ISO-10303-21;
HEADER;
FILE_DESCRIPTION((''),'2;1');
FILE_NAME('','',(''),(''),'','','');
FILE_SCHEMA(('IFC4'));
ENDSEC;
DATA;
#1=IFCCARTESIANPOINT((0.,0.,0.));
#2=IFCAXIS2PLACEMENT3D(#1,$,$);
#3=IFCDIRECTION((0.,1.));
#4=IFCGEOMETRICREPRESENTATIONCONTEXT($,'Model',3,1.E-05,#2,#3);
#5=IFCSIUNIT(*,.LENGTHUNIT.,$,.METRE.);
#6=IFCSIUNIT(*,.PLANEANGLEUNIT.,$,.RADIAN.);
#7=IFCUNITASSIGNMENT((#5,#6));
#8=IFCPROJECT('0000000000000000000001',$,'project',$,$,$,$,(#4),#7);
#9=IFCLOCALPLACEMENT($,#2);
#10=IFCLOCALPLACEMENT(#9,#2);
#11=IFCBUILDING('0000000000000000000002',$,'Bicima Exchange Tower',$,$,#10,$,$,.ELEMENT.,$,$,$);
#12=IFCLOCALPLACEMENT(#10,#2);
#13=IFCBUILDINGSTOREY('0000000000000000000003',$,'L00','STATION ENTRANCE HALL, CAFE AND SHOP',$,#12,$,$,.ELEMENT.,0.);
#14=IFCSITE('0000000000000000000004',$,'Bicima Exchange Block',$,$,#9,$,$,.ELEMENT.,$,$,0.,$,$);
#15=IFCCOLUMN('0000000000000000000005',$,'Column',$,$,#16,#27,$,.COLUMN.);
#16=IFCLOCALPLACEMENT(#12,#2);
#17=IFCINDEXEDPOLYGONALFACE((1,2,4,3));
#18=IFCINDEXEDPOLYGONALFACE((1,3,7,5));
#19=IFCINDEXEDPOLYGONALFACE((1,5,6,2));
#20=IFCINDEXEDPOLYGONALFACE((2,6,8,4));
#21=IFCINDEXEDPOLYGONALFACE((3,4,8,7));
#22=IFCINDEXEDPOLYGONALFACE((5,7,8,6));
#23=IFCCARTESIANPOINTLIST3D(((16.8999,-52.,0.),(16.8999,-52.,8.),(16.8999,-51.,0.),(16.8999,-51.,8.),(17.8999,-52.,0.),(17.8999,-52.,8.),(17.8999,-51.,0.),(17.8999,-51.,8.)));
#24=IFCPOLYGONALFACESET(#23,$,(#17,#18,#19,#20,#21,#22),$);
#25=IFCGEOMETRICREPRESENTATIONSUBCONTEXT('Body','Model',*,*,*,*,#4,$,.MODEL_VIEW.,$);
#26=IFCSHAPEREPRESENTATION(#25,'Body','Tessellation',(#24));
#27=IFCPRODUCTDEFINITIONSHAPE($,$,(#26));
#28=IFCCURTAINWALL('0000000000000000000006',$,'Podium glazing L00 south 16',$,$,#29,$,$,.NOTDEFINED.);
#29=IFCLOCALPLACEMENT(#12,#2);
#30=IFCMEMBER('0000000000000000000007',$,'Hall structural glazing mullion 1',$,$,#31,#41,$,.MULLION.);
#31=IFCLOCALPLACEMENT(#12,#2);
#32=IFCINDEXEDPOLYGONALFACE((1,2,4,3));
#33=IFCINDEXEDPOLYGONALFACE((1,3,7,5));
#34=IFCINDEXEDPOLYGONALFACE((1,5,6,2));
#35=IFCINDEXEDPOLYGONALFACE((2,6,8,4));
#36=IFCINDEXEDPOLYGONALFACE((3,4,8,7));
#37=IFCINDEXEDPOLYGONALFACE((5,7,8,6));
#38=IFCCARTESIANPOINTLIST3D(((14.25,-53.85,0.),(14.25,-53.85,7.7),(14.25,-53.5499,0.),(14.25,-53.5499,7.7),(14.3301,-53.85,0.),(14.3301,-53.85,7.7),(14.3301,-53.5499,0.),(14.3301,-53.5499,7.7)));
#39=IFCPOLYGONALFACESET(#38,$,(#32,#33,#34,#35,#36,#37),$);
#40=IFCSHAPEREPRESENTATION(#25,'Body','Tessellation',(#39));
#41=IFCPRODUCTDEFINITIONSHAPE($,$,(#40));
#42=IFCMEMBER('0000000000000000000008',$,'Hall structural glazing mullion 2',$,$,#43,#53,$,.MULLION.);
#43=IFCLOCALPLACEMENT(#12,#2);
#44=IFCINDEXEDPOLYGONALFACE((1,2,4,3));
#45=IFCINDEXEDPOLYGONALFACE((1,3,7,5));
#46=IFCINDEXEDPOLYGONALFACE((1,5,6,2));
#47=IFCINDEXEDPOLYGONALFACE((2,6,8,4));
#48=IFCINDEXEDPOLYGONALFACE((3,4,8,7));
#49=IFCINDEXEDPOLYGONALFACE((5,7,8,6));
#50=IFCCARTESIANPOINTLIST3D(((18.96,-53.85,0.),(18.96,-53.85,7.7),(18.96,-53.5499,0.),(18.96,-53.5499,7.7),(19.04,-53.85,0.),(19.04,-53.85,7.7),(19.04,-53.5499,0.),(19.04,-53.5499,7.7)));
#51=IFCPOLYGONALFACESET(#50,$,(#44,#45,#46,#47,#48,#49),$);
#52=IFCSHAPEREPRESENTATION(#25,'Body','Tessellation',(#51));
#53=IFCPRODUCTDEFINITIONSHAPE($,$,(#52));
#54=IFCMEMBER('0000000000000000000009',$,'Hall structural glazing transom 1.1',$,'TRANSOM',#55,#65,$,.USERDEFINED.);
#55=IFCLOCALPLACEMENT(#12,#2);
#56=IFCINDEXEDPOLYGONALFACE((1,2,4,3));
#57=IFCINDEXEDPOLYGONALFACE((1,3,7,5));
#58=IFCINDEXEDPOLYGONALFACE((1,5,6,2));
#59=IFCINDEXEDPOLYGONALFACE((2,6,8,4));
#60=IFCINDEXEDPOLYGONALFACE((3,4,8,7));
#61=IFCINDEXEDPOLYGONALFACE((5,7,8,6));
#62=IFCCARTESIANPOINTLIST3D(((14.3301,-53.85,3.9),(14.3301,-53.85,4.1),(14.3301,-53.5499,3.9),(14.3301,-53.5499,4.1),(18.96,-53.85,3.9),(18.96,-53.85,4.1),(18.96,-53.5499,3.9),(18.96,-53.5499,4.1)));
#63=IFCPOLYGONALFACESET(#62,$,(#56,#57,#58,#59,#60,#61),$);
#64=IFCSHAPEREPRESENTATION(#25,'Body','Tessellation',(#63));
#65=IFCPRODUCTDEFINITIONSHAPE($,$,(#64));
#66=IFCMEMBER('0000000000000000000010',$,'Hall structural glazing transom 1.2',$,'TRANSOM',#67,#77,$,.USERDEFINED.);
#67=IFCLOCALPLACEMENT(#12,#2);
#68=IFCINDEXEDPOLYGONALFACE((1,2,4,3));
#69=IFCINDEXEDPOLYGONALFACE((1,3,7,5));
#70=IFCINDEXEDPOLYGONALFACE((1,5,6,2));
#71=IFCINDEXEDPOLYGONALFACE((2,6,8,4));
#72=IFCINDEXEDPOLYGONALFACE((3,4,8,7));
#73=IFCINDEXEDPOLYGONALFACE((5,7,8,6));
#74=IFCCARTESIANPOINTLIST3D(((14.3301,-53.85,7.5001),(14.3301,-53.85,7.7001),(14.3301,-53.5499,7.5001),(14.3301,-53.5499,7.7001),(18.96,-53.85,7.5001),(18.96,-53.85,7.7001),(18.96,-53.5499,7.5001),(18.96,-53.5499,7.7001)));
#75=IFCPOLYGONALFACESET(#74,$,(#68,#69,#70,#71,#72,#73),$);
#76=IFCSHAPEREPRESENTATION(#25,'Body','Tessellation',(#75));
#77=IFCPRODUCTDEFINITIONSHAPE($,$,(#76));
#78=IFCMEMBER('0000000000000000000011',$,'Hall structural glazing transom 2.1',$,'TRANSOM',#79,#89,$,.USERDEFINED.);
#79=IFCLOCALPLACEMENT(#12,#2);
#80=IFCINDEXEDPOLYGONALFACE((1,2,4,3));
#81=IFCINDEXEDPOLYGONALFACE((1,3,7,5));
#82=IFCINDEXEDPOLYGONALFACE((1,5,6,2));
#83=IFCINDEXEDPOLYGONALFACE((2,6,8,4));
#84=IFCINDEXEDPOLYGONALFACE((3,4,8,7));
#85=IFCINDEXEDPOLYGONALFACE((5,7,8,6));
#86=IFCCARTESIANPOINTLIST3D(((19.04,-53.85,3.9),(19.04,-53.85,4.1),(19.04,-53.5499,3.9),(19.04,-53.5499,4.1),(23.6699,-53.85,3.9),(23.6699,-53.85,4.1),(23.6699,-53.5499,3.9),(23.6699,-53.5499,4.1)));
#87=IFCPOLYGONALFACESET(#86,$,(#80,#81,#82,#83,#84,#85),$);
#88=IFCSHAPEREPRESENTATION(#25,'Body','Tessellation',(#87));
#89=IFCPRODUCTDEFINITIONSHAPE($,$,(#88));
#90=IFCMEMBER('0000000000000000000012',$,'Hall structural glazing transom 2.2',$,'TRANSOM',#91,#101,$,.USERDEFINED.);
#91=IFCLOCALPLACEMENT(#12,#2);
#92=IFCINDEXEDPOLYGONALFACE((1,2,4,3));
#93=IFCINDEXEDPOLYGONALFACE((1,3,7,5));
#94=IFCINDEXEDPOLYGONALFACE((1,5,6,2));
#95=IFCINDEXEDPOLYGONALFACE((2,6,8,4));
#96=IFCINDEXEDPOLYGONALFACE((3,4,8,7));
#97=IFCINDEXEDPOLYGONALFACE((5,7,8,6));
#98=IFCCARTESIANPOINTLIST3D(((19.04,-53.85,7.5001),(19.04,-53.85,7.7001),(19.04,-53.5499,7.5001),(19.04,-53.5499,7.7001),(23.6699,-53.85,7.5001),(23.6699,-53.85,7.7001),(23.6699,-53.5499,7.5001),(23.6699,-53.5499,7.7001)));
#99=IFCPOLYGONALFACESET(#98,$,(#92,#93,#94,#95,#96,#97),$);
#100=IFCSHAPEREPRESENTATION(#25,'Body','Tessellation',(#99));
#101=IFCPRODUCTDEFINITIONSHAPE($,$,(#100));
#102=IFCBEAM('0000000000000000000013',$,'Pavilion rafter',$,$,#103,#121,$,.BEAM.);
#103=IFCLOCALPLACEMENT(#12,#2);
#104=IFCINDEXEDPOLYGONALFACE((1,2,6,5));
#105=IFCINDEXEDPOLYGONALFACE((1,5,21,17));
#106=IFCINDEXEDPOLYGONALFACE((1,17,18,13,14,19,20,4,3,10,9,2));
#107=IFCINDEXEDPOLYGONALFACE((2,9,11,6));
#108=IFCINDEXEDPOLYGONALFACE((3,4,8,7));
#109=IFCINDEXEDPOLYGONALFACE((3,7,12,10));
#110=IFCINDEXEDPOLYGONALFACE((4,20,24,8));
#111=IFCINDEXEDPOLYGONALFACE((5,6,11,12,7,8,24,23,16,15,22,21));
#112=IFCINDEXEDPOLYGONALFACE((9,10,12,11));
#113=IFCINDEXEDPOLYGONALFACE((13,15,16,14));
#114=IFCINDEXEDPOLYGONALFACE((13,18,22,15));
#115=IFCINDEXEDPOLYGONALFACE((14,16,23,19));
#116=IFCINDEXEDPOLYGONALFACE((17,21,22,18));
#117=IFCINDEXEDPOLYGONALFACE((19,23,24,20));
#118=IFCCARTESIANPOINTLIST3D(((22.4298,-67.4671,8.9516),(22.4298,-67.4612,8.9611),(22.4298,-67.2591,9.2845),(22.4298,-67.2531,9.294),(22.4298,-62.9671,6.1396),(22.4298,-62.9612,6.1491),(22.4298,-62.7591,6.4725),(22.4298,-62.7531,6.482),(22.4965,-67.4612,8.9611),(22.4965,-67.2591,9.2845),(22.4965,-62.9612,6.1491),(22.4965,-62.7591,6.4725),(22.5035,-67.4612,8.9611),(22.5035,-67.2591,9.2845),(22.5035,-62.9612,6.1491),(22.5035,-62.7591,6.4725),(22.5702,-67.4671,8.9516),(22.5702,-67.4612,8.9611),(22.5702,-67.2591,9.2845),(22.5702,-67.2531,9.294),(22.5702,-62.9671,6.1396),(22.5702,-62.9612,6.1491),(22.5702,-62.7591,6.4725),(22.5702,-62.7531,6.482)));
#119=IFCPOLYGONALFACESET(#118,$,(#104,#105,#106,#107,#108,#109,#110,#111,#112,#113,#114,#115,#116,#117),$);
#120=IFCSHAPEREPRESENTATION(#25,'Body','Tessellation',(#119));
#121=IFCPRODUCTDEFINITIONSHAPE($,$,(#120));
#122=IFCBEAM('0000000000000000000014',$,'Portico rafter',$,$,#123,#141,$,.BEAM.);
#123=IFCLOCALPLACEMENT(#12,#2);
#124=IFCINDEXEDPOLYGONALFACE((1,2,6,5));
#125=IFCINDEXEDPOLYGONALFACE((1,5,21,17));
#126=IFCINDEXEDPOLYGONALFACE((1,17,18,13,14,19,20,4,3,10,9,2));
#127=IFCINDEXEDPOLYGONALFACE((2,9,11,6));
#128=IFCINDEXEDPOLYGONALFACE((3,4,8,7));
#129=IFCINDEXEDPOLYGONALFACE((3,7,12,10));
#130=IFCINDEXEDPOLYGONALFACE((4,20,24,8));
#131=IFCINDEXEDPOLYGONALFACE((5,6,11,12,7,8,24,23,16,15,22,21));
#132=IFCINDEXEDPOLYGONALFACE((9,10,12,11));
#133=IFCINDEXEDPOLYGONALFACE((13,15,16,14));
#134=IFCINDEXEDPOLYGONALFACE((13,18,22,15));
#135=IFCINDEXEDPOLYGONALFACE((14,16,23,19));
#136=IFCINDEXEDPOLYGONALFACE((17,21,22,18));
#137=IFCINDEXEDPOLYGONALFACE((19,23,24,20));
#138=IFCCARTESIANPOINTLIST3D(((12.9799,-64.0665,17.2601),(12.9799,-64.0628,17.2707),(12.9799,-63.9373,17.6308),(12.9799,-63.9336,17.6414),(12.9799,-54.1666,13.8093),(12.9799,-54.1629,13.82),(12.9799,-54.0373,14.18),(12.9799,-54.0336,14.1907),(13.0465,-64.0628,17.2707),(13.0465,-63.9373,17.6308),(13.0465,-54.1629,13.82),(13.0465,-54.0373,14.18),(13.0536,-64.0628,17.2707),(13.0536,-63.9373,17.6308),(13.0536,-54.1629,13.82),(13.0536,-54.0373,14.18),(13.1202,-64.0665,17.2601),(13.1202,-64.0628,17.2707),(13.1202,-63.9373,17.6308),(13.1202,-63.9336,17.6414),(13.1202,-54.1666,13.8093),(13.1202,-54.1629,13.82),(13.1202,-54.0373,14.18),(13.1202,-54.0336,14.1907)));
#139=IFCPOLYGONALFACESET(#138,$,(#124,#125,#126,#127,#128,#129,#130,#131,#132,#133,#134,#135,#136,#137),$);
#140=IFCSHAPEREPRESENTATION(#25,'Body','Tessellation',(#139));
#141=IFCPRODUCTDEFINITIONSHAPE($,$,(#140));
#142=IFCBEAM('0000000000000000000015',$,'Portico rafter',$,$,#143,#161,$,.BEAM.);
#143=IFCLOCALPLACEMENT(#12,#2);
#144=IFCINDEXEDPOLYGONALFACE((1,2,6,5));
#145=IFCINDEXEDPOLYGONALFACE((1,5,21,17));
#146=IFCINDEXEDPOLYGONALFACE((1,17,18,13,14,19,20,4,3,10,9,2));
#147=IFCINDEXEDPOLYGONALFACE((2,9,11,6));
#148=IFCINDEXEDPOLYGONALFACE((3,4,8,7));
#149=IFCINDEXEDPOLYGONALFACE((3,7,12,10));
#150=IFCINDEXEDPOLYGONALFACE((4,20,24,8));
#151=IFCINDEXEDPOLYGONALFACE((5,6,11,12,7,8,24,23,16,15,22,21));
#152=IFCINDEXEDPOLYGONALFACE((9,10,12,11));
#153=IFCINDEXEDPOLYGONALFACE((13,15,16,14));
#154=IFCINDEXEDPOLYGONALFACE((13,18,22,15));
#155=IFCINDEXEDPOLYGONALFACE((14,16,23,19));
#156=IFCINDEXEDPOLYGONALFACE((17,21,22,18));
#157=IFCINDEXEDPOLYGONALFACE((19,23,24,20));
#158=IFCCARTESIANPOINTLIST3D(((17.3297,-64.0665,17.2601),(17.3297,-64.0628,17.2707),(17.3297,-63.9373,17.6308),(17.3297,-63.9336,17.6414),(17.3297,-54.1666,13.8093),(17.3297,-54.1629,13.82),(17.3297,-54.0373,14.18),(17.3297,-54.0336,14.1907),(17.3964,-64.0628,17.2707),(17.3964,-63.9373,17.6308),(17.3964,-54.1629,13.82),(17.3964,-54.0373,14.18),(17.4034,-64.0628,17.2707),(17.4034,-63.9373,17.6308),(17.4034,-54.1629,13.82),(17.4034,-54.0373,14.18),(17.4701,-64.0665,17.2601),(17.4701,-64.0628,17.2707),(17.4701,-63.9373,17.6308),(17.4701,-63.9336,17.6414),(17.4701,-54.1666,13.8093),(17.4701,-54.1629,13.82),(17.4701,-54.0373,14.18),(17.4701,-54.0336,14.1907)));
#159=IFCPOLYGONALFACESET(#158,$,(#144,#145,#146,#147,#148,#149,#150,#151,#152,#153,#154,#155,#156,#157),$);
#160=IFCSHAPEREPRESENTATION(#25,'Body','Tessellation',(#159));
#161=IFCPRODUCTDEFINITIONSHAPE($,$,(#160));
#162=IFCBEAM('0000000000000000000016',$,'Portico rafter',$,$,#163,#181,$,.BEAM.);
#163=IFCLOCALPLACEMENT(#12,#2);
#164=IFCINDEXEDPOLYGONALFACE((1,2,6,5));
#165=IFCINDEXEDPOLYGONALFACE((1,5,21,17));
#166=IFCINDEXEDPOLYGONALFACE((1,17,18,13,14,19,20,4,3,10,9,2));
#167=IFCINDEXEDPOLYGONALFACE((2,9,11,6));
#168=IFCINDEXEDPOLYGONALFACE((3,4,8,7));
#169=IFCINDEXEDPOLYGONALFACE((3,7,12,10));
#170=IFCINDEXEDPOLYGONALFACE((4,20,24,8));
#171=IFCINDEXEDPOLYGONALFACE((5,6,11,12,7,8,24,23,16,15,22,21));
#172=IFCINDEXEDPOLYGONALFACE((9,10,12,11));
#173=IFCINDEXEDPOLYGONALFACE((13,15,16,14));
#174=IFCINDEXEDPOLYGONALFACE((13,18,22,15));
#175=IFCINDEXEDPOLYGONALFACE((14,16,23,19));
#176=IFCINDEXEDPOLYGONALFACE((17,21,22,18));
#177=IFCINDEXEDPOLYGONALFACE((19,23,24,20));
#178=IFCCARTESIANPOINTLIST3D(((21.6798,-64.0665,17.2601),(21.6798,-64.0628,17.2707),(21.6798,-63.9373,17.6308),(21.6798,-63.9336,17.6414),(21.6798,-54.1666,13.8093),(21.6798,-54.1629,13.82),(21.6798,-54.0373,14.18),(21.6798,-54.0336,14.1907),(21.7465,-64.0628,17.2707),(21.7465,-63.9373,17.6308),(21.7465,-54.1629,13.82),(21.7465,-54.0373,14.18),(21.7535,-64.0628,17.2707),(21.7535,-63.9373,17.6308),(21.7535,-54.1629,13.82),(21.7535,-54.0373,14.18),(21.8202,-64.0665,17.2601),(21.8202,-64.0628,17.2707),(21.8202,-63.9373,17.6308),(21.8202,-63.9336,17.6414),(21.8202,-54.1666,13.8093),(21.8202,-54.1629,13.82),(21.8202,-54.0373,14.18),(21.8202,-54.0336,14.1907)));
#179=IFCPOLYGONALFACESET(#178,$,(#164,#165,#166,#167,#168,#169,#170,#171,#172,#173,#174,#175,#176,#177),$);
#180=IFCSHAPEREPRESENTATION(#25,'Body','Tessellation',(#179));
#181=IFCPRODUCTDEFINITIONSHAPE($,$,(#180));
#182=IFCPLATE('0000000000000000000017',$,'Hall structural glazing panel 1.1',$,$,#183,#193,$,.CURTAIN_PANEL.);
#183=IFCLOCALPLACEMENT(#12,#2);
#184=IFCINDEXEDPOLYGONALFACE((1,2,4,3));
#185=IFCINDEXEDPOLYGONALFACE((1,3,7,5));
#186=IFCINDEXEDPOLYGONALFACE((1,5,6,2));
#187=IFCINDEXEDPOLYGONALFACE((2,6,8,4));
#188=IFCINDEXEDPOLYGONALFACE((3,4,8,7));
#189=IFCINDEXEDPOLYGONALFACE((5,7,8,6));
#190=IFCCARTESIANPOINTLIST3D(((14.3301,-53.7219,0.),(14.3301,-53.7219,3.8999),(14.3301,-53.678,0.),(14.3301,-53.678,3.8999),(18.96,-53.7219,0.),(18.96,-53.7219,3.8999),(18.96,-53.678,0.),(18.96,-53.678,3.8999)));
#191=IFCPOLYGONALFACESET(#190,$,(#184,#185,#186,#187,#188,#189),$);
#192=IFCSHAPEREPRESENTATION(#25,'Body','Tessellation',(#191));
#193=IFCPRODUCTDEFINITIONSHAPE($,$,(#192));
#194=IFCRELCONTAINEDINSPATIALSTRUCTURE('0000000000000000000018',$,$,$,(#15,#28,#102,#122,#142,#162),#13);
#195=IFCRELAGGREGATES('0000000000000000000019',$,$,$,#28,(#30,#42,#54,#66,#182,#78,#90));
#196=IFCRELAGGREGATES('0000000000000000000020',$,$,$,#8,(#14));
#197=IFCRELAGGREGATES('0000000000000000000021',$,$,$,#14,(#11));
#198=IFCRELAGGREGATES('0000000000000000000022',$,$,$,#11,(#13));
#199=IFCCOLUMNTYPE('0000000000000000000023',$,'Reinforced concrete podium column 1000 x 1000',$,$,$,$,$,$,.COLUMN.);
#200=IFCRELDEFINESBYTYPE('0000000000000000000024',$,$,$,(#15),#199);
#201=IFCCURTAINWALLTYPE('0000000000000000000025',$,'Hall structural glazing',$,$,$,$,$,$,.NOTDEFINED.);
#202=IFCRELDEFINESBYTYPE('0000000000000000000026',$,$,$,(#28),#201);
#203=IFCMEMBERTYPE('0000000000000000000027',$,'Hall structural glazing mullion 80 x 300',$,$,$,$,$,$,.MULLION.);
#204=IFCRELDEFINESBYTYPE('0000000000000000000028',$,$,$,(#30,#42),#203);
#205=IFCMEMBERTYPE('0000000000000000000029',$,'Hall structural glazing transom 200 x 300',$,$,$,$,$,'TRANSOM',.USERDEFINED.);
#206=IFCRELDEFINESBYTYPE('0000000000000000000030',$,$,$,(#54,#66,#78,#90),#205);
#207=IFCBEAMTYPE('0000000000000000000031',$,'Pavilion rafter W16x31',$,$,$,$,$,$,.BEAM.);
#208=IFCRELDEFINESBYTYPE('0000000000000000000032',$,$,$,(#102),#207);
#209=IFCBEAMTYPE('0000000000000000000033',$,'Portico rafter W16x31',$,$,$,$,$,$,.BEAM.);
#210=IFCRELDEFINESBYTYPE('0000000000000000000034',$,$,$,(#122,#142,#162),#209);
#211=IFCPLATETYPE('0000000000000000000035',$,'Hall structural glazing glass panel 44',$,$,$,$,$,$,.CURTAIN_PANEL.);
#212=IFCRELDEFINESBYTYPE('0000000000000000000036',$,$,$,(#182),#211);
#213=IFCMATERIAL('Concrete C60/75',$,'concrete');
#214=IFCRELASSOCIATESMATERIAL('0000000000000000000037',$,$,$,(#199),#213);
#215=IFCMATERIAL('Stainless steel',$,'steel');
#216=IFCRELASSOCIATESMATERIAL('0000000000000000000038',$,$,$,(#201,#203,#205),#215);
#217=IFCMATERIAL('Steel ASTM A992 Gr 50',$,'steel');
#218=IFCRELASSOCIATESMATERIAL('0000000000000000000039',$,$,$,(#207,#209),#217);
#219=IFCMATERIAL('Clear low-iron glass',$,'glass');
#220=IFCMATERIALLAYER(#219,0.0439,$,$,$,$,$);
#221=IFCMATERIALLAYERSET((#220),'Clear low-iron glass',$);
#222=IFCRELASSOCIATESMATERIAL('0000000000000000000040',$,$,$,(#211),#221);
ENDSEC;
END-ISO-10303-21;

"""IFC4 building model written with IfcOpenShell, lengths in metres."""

from ifc_helpers import new_model, si_unit, direction, frame, origin, origin_2d, place, context, subcontext, project, spatial, rectangle, i_section, extrude, material, layer, layer_set, material_profile, profile_set, type_object, element, aggregate, save


model = new_model("IFC4")

# Units and contexts
model_context = context("Model", 3, precision=1e-05, world=origin(), true_north=direction((0.0, 1.0)))
body_context = subcontext(model_context, "Body", "Model", "MODEL_VIEW")
ifc_project = project(units=[si_unit("LENGTHUNIT", "METRE"), si_unit("PLANEANGLEUNIT", "RADIAN")], contexts=[model_context])

# Site, building, storey
site_placement = place(None, origin())
site = spatial("IfcSite", under=ifc_project, at=site_placement, Name="Bicima Exchange Block", CompositionType="ELEMENT", RefElevation=0.0)
building_placement = place(site_placement, origin())
building = spatial("IfcBuilding", under=site, at=building_placement, Name="Bicima Exchange Tower", CompositionType="ELEMENT")
storey_placement = place(building_placement, origin())
storey = spatial("IfcBuildingStorey", under=building, at=storey_placement, Name="L00", Description="STATION ENTRANCE HALL, CAFE AND SHOP", CompositionType="ELEMENT", Elevation=0.0)

# Column
ifc_material_1 = material(Name="Concrete C60/75", Category="concrete")
ifc_material_profile_1 = material_profile(ifc_material_1, rectangle(XDim=1.0, YDim=1.0, at=origin_2d()))
ifc_profile_set_1 = profile_set([ifc_material_profile_1], Name="Concrete C60/75")
column_type = type_object("IfcColumnType", Name="Reinforced concrete podium column 1000 x 1000", PredefinedType="COLUMN", material=ifc_profile_set_1)
column_placement = place(storey_placement, frame((17.3999, -51.5, 0.0), z_axis=(0.0, 0.0, 1.0), x_axis=(1.0, 0.0, 0.0)))
element("IfcColumn", 1, at=column_placement, inside=storey, type_object=column_type, Name="Column", PredefinedType="COLUMN", context=body_context, shape_type="SweptSolid", body=[
    extrude(rectangle(XDim=1.0, YDim=1.0, at=origin_2d()), origin(), (0.0, 0.0, 1.0), 8.0),
])

# Curtain wall, members
ifc_material_2 = material(Name="Stainless steel", Category="steel")
curtain_wall_type = type_object("IfcCurtainWallType", Name="Hall structural glazing", PredefinedType="NOTDEFINED", material=ifc_material_2)
curtain_wall_placement = place(storey_placement, origin())
curtain_wall = element("IfcCurtainWall", 2, at=curtain_wall_placement, inside=storey, type_object=curtain_wall_type, Name="Podium glazing L00 south 16", PredefinedType="NOTDEFINED")
ifc_material_profile_2 = material_profile(ifc_material_2, rectangle(XDim=0.3, YDim=0.0801, at=origin_2d()))
ifc_profile_set_2 = profile_set([ifc_material_profile_2], Name="Stainless steel")
member_type_1 = type_object("IfcMemberType", Name="Hall structural glazing mullion 80 x 300", PredefinedType="MULLION", material=ifc_profile_set_2)
member_1_placement = place(storey_placement, frame((14.29, -53.7, 0.0), z_axis=(0.0, 0.0, 1.0), x_axis=(0.0, 1.0, 0.0)))
member_1 = element("IfcMember", 3, at=member_1_placement, type_object=member_type_1, Name="Hall structural glazing mullion 1", PredefinedType="MULLION", context=body_context, shape_type="SweptSolid", body=[
    extrude(rectangle(XDim=0.3, YDim=0.0801, at=origin_2d()), origin(), (0.0, 0.0, 1.0), 7.7),
])
member_2_placement = place(storey_placement, frame((19.0, -53.7, 0.0), z_axis=(0.0, 0.0, 1.0), x_axis=(0.0, 1.0, 0.0)))
member_2 = element("IfcMember", 4, at=member_2_placement, type_object=member_type_1, Name="Hall structural glazing mullion 2", PredefinedType="MULLION", context=body_context, shape_type="SweptSolid", body=[
    extrude(rectangle(XDim=0.3, YDim=0.0801, at=origin_2d()), origin(), (0.0, 0.0, 1.0), 7.7),
])
ifc_material_profile_3 = material_profile(ifc_material_2, rectangle(XDim=0.3, YDim=0.2, at=origin_2d()))
ifc_profile_set_3 = profile_set([ifc_material_profile_3], Name="Stainless steel")
member_type_2 = type_object("IfcMemberType", Name="Hall structural glazing transom 200 x 300", ElementType="TRANSOM", PredefinedType="USERDEFINED", material=ifc_profile_set_3)
member_3_placement = place(storey_placement, frame((14.3301, -53.7, 4.0), z_axis=(1.0, 0.0, 0.0), x_axis=(0.0, 1.0, 0.0)))
member_3 = element("IfcMember", 5, at=member_3_placement, type_object=member_type_2, Name="Hall structural glazing transom 1.1", ObjectType="TRANSOM", PredefinedType="USERDEFINED", context=body_context, shape_type="SweptSolid", body=[
    extrude(rectangle(XDim=0.3, YDim=0.2, at=origin_2d()), origin(), (0.0, 0.0, 1.0), 4.6299),
])
member_4_placement = place(storey_placement, frame((14.3301, -53.7, 7.6001), z_axis=(1.0, 0.0, 0.0), x_axis=(0.0, 1.0, 0.0)))
member_4 = element("IfcMember", 6, at=member_4_placement, type_object=member_type_2, Name="Hall structural glazing transom 1.2", ObjectType="TRANSOM", PredefinedType="USERDEFINED", context=body_context, shape_type="SweptSolid", body=[
    extrude(rectangle(XDim=0.3, YDim=0.2, at=origin_2d()), origin(), (0.0, 0.0, 1.0), 4.6299),
])
member_5_placement = place(storey_placement, frame((19.04, -53.7, 4.0), z_axis=(1.0, 0.0, 0.0), x_axis=(0.0, 1.0, 0.0)))
member_5 = element("IfcMember", 7, at=member_5_placement, type_object=member_type_2, Name="Hall structural glazing transom 2.1", ObjectType="TRANSOM", PredefinedType="USERDEFINED", context=body_context, shape_type="SweptSolid", body=[
    extrude(rectangle(XDim=0.3, YDim=0.2, at=origin_2d()), origin(), (0.0, 0.0, 1.0), 4.6299),
])
member_6_placement = place(storey_placement, frame((19.04, -53.7, 7.6001), z_axis=(1.0, 0.0, 0.0), x_axis=(0.0, 1.0, 0.0)))
member_6 = element("IfcMember", 8, at=member_6_placement, type_object=member_type_2, Name="Hall structural glazing transom 2.2", ObjectType="TRANSOM", PredefinedType="USERDEFINED", context=body_context, shape_type="SweptSolid", body=[
    extrude(rectangle(XDim=0.3, YDim=0.2, at=origin_2d()), origin(), (0.0, 0.0, 1.0), 4.6299),
])

# Beams
ifc_material_3 = material(Name="Steel ASTM A992 Gr 50", Category="steel")
ifc_material_profile_4 = material_profile(ifc_material_3, i_section(OverallWidth=0.1404, OverallDepth=0.4038, WebThickness=0.0071, FlangeThickness=0.0112, at=origin_2d()))
ifc_profile_set_4 = profile_set([ifc_material_profile_4], Name="Steel ASTM A992 Gr 50")
beam_type_1 = type_object("IfcBeamType", Name="Pavilion rafter W16x31", PredefinedType="BEAM", material=ifc_profile_set_4)
beam_placement = place(storey_placement, frame((22.5, -62.8601, 6.3108), z_axis=(0.0, -0.84804, 0.529933), x_axis=(1.0, 0.0, 0.0)))
element("IfcBeam", 9, at=beam_placement, inside=storey, type_object=beam_type_1, Name="Pavilion rafter", PredefinedType="BEAM", context=body_context, shape_type="SweptSolid", body=[
    extrude(i_section(OverallWidth=0.1404, OverallDepth=0.4038, WebThickness=0.0071, FlangeThickness=0.0112, at=origin_2d()), origin(), (0.0, 0.0, 1.0), 5.3064),
])
beam_type_2 = type_object("IfcBeamType", Name="Portico rafter W16x31", PredefinedType="BEAM", material=ifc_profile_set_4)
for number, where, z_axis, x_axis, name in (
    (10, (13.05, -54.1001, 14.0), (0.0, -0.944282, 0.329137), (1.0, 0.0, 0.0), "Portico rafter"),
    (11, (17.3999, -54.1001, 14.0), (0.0, -0.944282, 0.329137), (1.0, 0.0, 0.0), "Portico rafter"),
    (12, (21.75, -54.1001, 14.0), (0.0, -0.944282, 0.329137), (1.0, 0.0, 0.0), "Portico rafter"),
):
    element("IfcBeam", number, at=place(storey_placement, frame(where, z_axis=z_axis, x_axis=x_axis)), inside=storey, type_object=beam_type_2, Name=name, PredefinedType="BEAM", context=body_context, shape_type="SweptSolid", body=[
        extrude(i_section(OverallWidth=0.1404, OverallDepth=0.4038, WebThickness=0.0071, FlangeThickness=0.0112, at=origin_2d()), origin(), (0.0, 0.0, 1.0), 10.4841),
    ])

# Plate
ifc_material_4 = material(Name="Clear low-iron glass", Category="glass")
ifc_layer_1 = layer(ifc_material_4, 0.0439)
ifc_layer_set_1 = layer_set([ifc_layer_1], Name="Clear low-iron glass")
plate_type_1 = type_object("IfcPlateType", Name="Hall structural glazing glass panel 44", PredefinedType="CURTAIN_PANEL", material=ifc_layer_set_1)
plate_1_placement = place(storey_placement, frame((16.645, -53.7, 0.0), z_axis=(0.0, 0.0, 1.0), x_axis=(1.0, 0.0, 0.0)))
plate_1 = element("IfcPlate", 13, at=plate_1_placement, type_object=plate_type_1, Name="Hall structural glazing panel 1.1", PredefinedType="CURTAIN_PANEL", context=body_context, shape_type="SweptSolid", body=[
    extrude(rectangle(XDim=4.6299, YDim=0.0439, at=origin_2d()), origin(), (0.0, 0.0, 1.0), 3.8999),
])
aggregate(curtain_wall, [member_1, member_2, member_3, member_4, plate_1, member_5, member_6])

save(model, "model.ifc")
